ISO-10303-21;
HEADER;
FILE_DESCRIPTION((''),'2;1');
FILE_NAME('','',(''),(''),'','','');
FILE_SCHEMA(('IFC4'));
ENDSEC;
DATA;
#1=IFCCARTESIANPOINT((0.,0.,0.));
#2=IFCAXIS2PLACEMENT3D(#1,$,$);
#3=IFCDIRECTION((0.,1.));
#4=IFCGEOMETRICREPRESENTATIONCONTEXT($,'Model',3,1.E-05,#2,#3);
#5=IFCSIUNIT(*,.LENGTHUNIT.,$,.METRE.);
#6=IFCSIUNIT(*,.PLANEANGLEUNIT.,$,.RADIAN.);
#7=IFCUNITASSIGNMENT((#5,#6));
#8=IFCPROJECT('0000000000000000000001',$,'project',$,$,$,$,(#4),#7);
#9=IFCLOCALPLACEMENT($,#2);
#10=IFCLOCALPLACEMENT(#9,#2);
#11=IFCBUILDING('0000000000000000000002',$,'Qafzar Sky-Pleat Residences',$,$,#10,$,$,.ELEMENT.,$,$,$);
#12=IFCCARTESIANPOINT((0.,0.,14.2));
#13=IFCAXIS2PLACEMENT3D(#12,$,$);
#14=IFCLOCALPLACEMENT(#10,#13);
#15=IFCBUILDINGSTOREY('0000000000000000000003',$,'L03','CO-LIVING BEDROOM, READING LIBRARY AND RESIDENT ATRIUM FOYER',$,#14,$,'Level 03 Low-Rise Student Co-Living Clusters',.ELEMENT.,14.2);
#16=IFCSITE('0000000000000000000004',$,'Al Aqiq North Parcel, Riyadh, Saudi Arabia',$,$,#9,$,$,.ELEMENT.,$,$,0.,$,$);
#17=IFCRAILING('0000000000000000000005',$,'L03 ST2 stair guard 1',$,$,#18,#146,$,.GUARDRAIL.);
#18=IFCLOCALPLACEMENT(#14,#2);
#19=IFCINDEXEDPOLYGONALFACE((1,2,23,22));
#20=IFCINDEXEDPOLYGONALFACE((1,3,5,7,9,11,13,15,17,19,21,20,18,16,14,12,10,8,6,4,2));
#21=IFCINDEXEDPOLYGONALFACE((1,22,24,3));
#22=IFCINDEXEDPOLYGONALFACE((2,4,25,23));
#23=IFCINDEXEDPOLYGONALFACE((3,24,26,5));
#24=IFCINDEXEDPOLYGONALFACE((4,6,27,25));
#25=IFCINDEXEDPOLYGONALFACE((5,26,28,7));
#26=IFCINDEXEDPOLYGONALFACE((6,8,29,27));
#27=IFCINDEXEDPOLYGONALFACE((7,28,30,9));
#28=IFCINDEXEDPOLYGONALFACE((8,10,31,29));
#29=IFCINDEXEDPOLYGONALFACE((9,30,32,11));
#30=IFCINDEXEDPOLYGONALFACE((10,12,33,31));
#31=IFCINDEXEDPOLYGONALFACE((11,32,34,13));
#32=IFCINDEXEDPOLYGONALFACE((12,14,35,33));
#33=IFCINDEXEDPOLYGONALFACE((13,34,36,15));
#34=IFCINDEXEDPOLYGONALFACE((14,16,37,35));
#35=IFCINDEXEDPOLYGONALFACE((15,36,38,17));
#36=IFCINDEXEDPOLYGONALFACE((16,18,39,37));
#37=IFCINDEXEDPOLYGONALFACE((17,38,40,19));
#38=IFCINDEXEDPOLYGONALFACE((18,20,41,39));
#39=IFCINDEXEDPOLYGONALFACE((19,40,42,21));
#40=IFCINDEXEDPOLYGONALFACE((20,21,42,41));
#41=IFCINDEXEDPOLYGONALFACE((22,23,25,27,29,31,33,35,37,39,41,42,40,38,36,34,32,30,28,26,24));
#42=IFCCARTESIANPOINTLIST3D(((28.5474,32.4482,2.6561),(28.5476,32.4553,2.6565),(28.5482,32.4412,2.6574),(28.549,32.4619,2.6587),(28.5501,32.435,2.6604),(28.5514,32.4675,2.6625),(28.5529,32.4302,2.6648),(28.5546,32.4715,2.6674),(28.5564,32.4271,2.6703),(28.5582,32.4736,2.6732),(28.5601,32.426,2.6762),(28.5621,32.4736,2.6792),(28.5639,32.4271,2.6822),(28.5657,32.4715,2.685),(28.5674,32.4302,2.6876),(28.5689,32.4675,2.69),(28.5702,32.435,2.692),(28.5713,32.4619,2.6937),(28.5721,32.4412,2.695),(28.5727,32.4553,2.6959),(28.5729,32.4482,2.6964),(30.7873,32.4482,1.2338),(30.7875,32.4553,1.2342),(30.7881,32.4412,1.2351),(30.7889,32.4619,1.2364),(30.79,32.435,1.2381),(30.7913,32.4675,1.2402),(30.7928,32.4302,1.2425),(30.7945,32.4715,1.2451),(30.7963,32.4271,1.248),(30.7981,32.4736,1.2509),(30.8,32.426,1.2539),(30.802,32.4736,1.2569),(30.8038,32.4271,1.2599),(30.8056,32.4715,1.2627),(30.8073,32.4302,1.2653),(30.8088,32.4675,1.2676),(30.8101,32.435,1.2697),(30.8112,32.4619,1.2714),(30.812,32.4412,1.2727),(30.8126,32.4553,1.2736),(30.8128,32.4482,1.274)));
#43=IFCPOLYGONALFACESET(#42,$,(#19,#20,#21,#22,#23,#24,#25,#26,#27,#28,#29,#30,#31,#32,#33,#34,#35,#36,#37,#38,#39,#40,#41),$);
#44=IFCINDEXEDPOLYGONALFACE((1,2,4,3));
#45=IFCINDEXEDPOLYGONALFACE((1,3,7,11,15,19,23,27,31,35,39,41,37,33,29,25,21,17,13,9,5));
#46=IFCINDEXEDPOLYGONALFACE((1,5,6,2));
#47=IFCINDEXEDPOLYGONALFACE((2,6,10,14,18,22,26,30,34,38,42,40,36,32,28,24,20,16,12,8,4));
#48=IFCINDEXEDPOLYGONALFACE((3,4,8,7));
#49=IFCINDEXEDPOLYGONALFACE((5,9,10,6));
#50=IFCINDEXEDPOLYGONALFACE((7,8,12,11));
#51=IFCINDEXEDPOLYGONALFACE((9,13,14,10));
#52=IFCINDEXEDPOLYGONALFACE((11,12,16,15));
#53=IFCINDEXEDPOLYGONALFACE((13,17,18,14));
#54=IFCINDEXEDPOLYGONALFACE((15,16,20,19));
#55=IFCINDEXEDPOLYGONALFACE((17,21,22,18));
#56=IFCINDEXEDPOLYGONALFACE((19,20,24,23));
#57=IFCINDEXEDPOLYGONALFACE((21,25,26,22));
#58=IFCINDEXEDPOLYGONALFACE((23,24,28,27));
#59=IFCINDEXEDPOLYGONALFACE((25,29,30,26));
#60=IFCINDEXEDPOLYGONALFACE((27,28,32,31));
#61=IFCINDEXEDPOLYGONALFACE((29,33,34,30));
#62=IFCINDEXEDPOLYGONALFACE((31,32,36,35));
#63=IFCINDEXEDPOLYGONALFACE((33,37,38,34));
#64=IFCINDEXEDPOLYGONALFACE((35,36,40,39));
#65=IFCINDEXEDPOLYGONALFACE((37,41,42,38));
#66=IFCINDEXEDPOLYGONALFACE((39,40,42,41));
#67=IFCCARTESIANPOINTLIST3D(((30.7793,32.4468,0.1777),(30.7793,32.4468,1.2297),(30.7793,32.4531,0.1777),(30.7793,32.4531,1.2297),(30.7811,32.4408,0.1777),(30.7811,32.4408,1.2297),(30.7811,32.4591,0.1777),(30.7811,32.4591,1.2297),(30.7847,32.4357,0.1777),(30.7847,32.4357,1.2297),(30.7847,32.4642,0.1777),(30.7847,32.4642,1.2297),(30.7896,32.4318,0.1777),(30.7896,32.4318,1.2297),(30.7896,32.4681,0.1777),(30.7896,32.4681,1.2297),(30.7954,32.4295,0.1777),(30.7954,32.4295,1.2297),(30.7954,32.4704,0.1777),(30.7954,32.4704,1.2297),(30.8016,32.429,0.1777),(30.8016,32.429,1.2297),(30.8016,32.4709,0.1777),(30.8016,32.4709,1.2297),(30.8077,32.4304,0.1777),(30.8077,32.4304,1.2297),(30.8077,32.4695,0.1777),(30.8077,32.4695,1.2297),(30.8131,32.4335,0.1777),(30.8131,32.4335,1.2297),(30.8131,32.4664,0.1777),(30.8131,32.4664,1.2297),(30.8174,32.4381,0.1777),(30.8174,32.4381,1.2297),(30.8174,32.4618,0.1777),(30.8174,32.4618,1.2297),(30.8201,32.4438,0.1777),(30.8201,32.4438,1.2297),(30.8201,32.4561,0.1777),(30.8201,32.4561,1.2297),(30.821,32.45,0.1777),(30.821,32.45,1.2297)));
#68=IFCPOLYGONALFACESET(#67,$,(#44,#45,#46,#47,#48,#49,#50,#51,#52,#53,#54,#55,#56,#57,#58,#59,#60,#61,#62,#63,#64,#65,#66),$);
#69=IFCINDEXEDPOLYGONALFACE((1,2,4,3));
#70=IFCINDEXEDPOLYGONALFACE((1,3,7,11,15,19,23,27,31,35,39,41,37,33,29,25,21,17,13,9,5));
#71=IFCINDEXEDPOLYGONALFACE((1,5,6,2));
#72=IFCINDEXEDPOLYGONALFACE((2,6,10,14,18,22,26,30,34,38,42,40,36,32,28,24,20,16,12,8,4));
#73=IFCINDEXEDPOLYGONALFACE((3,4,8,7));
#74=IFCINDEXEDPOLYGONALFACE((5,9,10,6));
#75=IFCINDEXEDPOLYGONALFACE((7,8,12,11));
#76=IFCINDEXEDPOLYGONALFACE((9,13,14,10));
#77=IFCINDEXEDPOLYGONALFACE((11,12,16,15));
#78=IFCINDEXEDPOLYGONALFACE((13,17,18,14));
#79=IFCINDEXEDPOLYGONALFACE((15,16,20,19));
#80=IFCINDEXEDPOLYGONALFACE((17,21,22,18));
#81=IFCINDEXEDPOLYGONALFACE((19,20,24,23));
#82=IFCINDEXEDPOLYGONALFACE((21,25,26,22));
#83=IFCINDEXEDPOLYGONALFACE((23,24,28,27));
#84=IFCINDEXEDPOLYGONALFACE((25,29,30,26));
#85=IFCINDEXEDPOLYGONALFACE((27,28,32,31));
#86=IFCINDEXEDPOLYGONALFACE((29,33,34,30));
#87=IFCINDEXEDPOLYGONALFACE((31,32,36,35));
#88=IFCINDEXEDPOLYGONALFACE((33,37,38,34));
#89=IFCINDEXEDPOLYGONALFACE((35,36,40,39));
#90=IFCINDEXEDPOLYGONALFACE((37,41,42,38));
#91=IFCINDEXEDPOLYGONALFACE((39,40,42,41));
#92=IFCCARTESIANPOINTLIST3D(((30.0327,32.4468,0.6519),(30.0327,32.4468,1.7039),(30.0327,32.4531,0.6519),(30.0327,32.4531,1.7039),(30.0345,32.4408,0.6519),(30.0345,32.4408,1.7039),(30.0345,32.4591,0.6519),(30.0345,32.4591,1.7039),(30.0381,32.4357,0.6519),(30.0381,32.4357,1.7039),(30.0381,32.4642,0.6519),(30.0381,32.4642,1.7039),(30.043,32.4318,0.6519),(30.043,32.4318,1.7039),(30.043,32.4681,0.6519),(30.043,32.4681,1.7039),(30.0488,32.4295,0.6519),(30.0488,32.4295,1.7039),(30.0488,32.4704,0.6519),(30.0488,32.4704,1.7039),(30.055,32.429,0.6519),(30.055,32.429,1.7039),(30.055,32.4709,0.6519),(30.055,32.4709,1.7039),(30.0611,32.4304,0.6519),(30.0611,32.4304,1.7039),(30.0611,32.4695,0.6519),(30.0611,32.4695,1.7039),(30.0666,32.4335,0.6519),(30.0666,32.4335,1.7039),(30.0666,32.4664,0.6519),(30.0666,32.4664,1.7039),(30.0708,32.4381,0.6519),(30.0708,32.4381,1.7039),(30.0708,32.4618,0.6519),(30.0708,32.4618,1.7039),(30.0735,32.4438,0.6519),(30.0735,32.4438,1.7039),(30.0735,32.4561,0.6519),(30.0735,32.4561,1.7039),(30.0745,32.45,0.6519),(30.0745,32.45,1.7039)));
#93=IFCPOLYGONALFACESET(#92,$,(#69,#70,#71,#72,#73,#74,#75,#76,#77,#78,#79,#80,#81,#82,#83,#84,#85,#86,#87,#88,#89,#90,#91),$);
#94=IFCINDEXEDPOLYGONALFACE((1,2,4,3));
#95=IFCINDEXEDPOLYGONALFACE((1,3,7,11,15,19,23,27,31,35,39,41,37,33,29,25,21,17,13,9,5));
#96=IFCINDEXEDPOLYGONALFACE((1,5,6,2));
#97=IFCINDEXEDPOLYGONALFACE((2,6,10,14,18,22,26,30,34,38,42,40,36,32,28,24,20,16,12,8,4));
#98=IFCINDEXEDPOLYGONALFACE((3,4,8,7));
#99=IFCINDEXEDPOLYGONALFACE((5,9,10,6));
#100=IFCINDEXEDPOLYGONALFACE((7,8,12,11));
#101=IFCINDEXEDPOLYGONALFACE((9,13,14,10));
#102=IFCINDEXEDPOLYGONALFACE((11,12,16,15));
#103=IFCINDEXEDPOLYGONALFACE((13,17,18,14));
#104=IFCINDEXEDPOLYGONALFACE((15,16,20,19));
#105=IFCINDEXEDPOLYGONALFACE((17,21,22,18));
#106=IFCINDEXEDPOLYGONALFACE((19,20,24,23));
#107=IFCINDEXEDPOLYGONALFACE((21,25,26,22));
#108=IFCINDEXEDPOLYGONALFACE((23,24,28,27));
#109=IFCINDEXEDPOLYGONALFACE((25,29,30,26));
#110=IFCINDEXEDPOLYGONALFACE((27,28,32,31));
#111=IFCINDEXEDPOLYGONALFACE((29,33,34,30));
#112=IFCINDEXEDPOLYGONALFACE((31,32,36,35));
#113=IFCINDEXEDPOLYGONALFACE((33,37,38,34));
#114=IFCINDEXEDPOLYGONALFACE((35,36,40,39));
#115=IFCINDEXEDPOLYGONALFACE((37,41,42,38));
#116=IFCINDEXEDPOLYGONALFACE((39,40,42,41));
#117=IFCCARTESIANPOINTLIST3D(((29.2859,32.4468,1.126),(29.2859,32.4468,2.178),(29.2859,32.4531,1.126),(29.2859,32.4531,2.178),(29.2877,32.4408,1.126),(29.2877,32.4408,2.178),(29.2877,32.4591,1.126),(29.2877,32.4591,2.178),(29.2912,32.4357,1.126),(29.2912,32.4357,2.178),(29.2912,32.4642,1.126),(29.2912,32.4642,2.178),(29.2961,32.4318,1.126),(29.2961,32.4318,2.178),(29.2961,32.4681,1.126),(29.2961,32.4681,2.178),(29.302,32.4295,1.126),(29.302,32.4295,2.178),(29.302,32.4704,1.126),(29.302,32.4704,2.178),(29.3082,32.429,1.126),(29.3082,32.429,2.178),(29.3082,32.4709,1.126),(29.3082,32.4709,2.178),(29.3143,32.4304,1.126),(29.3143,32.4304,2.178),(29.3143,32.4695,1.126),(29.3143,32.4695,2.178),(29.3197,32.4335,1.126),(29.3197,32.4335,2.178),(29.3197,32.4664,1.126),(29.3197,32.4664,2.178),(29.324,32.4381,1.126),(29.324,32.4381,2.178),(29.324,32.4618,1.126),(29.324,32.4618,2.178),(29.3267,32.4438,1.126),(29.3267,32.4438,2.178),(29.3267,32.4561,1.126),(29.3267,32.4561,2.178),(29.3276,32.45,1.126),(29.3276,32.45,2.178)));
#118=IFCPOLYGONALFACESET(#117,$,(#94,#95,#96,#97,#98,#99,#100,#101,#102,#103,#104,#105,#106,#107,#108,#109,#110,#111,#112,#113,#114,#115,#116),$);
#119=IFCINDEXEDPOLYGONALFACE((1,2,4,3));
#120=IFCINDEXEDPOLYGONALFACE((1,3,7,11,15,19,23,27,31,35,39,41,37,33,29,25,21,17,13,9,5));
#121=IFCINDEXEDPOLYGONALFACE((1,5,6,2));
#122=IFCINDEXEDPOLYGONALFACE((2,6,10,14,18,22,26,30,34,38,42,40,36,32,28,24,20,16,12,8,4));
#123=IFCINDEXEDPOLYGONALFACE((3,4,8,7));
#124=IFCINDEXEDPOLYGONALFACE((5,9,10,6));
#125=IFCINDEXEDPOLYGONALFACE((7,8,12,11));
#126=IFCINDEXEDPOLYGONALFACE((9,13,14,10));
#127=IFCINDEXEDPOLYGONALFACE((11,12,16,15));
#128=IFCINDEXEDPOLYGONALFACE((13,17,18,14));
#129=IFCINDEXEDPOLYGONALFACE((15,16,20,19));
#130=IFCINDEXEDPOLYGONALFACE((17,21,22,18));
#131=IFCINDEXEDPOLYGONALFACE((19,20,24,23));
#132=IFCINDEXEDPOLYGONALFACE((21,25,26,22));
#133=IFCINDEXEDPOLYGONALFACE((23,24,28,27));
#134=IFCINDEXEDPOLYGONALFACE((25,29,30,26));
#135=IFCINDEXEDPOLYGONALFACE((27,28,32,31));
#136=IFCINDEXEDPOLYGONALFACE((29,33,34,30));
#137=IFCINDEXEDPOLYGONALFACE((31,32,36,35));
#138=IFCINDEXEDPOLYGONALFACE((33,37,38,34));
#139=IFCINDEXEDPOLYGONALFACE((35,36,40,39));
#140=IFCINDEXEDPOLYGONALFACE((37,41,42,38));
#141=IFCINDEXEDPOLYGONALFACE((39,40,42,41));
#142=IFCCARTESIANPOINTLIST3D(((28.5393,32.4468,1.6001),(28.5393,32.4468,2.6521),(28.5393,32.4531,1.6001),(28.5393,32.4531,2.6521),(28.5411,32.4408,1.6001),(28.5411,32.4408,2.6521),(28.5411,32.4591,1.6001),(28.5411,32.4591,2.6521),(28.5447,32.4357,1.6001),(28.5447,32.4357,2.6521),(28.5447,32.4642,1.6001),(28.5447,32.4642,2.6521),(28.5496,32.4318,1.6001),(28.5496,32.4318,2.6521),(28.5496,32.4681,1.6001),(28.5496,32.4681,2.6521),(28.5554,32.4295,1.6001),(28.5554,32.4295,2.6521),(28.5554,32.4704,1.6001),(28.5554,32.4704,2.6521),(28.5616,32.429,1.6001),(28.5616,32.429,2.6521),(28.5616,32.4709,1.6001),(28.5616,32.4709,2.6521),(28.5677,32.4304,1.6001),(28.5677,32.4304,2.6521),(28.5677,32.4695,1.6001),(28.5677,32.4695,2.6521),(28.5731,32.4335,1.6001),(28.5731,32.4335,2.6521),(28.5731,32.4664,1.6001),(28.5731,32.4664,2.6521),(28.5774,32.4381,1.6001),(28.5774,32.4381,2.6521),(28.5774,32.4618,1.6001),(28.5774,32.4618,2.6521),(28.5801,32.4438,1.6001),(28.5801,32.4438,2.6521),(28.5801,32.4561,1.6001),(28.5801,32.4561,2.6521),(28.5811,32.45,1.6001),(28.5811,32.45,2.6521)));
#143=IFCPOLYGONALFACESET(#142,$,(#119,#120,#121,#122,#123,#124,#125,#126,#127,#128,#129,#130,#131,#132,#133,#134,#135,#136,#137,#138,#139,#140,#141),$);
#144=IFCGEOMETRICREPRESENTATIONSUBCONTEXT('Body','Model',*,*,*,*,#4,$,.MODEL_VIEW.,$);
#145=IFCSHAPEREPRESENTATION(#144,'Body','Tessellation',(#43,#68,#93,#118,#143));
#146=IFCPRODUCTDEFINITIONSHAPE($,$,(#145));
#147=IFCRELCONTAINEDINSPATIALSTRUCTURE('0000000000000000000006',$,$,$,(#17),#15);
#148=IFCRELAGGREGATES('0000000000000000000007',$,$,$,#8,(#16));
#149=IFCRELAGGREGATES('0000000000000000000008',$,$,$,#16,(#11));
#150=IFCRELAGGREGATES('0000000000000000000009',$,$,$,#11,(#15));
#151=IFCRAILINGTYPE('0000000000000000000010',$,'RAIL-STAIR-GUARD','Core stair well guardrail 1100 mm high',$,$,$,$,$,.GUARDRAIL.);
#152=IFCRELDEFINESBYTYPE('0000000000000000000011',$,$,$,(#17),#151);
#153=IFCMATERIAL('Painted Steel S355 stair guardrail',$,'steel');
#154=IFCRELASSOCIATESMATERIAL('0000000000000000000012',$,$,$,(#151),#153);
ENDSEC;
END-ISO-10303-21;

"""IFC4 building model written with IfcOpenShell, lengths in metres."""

from ifc_helpers import new_model, si_unit, direction, frame, origin, origin_2d, place, context, subcontext, project, spatial, circle, extrude, source, transform, mapped, material, type_object, element, save


model = new_model("IFC4")

# Units and contexts
model_context = context("Model", 3, precision=1e-05, world=origin(), true_north=direction((0.0, 1.0)))
body_context = subcontext(model_context, "Body", "Model", "MODEL_VIEW")
ifc_project = project(units=[si_unit("LENGTHUNIT", "METRE"), si_unit("PLANEANGLEUNIT", "RADIAN")], contexts=[model_context])

# Site, building, storey
site_placement = place(None, origin())
site = spatial("IfcSite", under=ifc_project, at=site_placement, Name="Al Aqiq North Parcel, Riyadh, Saudi Arabia", CompositionType="ELEMENT", RefElevation=0.0)
building_placement = place(site_placement, origin())
building = spatial("IfcBuilding", under=site, at=building_placement, Name="Qafzar Sky-Pleat Residences", CompositionType="ELEMENT")
storey_placement = place(building_placement, frame((0.0, 0.0, 14.2)))
storey = spatial("IfcBuildingStorey", under=building, at=storey_placement, Name="L03", Description="CO-LIVING BEDROOM, READING LIBRARY AND RESIDENT ATRIUM FOYER", LongName="Level 03 Low-Rise Student Co-Living Clusters", CompositionType="ELEMENT", Elevation=14.2)

# Railing
ifc_material_1 = material(Name="Painted Steel S355 stair guardrail", Category="steel")
railing_type_1 = type_object("IfcRailingType", Name="RAIL-STAIR-GUARD", Description="Core stair well guardrail 1100 mm high", PredefinedType="GUARDRAIL", material=ifc_material_1)
shared_shape_1 = source(origin(), body_context, "Body", "SweptSolid", [
    extrude(circle(Radius=0.0239, at=origin_2d()), frame((0.0, 0.0, 1.0762), z_axis=(-0.844188, 0.0, 0.536048), x_axis=(0.0, -1.0, 0.0)), (0.0, 0.0, 1.0), 2.6533),
    extrude(circle(Radius=0.021, at=origin_2d()), origin(), (0.0, 0.0, 1.0), 1.052),
    extrude(circle(Radius=0.021, at=origin_2d()), frame((-0.7466, 0.0, 0.4741)), (0.0, 0.0, 1.0), 1.052),
    extrude(circle(Radius=0.021, at=origin_2d()), frame((-1.4934, 0.0, 0.9482)), (0.0, 0.0, 1.0), 1.052),
    extrude(circle(Radius=0.021, at=origin_2d()), frame((-2.24, 0.0, 1.4224)), (0.0, 0.0, 1.0), 1.052),
])
railing_1_placement = place(storey_placement, frame((30.8, 32.45, 0.1777)))
element("IfcRailing", 1, at=railing_1_placement, inside=storey, type_object=railing_type_1, Name="L03 ST2 stair guard 1", PredefinedType="GUARDRAIL", context=body_context, shape_type="MappedRepresentation", body=[
    mapped(shared_shape_1, transform((0.0, 0.0, 0.0), x_axis=(1.0, 0.0, 0.0), y_axis=(0.0, 1.0, 0.0), z_axis=(0.0, 0.0, 1.0), scale=1.0)),
])

save(model, "model.ifc")
